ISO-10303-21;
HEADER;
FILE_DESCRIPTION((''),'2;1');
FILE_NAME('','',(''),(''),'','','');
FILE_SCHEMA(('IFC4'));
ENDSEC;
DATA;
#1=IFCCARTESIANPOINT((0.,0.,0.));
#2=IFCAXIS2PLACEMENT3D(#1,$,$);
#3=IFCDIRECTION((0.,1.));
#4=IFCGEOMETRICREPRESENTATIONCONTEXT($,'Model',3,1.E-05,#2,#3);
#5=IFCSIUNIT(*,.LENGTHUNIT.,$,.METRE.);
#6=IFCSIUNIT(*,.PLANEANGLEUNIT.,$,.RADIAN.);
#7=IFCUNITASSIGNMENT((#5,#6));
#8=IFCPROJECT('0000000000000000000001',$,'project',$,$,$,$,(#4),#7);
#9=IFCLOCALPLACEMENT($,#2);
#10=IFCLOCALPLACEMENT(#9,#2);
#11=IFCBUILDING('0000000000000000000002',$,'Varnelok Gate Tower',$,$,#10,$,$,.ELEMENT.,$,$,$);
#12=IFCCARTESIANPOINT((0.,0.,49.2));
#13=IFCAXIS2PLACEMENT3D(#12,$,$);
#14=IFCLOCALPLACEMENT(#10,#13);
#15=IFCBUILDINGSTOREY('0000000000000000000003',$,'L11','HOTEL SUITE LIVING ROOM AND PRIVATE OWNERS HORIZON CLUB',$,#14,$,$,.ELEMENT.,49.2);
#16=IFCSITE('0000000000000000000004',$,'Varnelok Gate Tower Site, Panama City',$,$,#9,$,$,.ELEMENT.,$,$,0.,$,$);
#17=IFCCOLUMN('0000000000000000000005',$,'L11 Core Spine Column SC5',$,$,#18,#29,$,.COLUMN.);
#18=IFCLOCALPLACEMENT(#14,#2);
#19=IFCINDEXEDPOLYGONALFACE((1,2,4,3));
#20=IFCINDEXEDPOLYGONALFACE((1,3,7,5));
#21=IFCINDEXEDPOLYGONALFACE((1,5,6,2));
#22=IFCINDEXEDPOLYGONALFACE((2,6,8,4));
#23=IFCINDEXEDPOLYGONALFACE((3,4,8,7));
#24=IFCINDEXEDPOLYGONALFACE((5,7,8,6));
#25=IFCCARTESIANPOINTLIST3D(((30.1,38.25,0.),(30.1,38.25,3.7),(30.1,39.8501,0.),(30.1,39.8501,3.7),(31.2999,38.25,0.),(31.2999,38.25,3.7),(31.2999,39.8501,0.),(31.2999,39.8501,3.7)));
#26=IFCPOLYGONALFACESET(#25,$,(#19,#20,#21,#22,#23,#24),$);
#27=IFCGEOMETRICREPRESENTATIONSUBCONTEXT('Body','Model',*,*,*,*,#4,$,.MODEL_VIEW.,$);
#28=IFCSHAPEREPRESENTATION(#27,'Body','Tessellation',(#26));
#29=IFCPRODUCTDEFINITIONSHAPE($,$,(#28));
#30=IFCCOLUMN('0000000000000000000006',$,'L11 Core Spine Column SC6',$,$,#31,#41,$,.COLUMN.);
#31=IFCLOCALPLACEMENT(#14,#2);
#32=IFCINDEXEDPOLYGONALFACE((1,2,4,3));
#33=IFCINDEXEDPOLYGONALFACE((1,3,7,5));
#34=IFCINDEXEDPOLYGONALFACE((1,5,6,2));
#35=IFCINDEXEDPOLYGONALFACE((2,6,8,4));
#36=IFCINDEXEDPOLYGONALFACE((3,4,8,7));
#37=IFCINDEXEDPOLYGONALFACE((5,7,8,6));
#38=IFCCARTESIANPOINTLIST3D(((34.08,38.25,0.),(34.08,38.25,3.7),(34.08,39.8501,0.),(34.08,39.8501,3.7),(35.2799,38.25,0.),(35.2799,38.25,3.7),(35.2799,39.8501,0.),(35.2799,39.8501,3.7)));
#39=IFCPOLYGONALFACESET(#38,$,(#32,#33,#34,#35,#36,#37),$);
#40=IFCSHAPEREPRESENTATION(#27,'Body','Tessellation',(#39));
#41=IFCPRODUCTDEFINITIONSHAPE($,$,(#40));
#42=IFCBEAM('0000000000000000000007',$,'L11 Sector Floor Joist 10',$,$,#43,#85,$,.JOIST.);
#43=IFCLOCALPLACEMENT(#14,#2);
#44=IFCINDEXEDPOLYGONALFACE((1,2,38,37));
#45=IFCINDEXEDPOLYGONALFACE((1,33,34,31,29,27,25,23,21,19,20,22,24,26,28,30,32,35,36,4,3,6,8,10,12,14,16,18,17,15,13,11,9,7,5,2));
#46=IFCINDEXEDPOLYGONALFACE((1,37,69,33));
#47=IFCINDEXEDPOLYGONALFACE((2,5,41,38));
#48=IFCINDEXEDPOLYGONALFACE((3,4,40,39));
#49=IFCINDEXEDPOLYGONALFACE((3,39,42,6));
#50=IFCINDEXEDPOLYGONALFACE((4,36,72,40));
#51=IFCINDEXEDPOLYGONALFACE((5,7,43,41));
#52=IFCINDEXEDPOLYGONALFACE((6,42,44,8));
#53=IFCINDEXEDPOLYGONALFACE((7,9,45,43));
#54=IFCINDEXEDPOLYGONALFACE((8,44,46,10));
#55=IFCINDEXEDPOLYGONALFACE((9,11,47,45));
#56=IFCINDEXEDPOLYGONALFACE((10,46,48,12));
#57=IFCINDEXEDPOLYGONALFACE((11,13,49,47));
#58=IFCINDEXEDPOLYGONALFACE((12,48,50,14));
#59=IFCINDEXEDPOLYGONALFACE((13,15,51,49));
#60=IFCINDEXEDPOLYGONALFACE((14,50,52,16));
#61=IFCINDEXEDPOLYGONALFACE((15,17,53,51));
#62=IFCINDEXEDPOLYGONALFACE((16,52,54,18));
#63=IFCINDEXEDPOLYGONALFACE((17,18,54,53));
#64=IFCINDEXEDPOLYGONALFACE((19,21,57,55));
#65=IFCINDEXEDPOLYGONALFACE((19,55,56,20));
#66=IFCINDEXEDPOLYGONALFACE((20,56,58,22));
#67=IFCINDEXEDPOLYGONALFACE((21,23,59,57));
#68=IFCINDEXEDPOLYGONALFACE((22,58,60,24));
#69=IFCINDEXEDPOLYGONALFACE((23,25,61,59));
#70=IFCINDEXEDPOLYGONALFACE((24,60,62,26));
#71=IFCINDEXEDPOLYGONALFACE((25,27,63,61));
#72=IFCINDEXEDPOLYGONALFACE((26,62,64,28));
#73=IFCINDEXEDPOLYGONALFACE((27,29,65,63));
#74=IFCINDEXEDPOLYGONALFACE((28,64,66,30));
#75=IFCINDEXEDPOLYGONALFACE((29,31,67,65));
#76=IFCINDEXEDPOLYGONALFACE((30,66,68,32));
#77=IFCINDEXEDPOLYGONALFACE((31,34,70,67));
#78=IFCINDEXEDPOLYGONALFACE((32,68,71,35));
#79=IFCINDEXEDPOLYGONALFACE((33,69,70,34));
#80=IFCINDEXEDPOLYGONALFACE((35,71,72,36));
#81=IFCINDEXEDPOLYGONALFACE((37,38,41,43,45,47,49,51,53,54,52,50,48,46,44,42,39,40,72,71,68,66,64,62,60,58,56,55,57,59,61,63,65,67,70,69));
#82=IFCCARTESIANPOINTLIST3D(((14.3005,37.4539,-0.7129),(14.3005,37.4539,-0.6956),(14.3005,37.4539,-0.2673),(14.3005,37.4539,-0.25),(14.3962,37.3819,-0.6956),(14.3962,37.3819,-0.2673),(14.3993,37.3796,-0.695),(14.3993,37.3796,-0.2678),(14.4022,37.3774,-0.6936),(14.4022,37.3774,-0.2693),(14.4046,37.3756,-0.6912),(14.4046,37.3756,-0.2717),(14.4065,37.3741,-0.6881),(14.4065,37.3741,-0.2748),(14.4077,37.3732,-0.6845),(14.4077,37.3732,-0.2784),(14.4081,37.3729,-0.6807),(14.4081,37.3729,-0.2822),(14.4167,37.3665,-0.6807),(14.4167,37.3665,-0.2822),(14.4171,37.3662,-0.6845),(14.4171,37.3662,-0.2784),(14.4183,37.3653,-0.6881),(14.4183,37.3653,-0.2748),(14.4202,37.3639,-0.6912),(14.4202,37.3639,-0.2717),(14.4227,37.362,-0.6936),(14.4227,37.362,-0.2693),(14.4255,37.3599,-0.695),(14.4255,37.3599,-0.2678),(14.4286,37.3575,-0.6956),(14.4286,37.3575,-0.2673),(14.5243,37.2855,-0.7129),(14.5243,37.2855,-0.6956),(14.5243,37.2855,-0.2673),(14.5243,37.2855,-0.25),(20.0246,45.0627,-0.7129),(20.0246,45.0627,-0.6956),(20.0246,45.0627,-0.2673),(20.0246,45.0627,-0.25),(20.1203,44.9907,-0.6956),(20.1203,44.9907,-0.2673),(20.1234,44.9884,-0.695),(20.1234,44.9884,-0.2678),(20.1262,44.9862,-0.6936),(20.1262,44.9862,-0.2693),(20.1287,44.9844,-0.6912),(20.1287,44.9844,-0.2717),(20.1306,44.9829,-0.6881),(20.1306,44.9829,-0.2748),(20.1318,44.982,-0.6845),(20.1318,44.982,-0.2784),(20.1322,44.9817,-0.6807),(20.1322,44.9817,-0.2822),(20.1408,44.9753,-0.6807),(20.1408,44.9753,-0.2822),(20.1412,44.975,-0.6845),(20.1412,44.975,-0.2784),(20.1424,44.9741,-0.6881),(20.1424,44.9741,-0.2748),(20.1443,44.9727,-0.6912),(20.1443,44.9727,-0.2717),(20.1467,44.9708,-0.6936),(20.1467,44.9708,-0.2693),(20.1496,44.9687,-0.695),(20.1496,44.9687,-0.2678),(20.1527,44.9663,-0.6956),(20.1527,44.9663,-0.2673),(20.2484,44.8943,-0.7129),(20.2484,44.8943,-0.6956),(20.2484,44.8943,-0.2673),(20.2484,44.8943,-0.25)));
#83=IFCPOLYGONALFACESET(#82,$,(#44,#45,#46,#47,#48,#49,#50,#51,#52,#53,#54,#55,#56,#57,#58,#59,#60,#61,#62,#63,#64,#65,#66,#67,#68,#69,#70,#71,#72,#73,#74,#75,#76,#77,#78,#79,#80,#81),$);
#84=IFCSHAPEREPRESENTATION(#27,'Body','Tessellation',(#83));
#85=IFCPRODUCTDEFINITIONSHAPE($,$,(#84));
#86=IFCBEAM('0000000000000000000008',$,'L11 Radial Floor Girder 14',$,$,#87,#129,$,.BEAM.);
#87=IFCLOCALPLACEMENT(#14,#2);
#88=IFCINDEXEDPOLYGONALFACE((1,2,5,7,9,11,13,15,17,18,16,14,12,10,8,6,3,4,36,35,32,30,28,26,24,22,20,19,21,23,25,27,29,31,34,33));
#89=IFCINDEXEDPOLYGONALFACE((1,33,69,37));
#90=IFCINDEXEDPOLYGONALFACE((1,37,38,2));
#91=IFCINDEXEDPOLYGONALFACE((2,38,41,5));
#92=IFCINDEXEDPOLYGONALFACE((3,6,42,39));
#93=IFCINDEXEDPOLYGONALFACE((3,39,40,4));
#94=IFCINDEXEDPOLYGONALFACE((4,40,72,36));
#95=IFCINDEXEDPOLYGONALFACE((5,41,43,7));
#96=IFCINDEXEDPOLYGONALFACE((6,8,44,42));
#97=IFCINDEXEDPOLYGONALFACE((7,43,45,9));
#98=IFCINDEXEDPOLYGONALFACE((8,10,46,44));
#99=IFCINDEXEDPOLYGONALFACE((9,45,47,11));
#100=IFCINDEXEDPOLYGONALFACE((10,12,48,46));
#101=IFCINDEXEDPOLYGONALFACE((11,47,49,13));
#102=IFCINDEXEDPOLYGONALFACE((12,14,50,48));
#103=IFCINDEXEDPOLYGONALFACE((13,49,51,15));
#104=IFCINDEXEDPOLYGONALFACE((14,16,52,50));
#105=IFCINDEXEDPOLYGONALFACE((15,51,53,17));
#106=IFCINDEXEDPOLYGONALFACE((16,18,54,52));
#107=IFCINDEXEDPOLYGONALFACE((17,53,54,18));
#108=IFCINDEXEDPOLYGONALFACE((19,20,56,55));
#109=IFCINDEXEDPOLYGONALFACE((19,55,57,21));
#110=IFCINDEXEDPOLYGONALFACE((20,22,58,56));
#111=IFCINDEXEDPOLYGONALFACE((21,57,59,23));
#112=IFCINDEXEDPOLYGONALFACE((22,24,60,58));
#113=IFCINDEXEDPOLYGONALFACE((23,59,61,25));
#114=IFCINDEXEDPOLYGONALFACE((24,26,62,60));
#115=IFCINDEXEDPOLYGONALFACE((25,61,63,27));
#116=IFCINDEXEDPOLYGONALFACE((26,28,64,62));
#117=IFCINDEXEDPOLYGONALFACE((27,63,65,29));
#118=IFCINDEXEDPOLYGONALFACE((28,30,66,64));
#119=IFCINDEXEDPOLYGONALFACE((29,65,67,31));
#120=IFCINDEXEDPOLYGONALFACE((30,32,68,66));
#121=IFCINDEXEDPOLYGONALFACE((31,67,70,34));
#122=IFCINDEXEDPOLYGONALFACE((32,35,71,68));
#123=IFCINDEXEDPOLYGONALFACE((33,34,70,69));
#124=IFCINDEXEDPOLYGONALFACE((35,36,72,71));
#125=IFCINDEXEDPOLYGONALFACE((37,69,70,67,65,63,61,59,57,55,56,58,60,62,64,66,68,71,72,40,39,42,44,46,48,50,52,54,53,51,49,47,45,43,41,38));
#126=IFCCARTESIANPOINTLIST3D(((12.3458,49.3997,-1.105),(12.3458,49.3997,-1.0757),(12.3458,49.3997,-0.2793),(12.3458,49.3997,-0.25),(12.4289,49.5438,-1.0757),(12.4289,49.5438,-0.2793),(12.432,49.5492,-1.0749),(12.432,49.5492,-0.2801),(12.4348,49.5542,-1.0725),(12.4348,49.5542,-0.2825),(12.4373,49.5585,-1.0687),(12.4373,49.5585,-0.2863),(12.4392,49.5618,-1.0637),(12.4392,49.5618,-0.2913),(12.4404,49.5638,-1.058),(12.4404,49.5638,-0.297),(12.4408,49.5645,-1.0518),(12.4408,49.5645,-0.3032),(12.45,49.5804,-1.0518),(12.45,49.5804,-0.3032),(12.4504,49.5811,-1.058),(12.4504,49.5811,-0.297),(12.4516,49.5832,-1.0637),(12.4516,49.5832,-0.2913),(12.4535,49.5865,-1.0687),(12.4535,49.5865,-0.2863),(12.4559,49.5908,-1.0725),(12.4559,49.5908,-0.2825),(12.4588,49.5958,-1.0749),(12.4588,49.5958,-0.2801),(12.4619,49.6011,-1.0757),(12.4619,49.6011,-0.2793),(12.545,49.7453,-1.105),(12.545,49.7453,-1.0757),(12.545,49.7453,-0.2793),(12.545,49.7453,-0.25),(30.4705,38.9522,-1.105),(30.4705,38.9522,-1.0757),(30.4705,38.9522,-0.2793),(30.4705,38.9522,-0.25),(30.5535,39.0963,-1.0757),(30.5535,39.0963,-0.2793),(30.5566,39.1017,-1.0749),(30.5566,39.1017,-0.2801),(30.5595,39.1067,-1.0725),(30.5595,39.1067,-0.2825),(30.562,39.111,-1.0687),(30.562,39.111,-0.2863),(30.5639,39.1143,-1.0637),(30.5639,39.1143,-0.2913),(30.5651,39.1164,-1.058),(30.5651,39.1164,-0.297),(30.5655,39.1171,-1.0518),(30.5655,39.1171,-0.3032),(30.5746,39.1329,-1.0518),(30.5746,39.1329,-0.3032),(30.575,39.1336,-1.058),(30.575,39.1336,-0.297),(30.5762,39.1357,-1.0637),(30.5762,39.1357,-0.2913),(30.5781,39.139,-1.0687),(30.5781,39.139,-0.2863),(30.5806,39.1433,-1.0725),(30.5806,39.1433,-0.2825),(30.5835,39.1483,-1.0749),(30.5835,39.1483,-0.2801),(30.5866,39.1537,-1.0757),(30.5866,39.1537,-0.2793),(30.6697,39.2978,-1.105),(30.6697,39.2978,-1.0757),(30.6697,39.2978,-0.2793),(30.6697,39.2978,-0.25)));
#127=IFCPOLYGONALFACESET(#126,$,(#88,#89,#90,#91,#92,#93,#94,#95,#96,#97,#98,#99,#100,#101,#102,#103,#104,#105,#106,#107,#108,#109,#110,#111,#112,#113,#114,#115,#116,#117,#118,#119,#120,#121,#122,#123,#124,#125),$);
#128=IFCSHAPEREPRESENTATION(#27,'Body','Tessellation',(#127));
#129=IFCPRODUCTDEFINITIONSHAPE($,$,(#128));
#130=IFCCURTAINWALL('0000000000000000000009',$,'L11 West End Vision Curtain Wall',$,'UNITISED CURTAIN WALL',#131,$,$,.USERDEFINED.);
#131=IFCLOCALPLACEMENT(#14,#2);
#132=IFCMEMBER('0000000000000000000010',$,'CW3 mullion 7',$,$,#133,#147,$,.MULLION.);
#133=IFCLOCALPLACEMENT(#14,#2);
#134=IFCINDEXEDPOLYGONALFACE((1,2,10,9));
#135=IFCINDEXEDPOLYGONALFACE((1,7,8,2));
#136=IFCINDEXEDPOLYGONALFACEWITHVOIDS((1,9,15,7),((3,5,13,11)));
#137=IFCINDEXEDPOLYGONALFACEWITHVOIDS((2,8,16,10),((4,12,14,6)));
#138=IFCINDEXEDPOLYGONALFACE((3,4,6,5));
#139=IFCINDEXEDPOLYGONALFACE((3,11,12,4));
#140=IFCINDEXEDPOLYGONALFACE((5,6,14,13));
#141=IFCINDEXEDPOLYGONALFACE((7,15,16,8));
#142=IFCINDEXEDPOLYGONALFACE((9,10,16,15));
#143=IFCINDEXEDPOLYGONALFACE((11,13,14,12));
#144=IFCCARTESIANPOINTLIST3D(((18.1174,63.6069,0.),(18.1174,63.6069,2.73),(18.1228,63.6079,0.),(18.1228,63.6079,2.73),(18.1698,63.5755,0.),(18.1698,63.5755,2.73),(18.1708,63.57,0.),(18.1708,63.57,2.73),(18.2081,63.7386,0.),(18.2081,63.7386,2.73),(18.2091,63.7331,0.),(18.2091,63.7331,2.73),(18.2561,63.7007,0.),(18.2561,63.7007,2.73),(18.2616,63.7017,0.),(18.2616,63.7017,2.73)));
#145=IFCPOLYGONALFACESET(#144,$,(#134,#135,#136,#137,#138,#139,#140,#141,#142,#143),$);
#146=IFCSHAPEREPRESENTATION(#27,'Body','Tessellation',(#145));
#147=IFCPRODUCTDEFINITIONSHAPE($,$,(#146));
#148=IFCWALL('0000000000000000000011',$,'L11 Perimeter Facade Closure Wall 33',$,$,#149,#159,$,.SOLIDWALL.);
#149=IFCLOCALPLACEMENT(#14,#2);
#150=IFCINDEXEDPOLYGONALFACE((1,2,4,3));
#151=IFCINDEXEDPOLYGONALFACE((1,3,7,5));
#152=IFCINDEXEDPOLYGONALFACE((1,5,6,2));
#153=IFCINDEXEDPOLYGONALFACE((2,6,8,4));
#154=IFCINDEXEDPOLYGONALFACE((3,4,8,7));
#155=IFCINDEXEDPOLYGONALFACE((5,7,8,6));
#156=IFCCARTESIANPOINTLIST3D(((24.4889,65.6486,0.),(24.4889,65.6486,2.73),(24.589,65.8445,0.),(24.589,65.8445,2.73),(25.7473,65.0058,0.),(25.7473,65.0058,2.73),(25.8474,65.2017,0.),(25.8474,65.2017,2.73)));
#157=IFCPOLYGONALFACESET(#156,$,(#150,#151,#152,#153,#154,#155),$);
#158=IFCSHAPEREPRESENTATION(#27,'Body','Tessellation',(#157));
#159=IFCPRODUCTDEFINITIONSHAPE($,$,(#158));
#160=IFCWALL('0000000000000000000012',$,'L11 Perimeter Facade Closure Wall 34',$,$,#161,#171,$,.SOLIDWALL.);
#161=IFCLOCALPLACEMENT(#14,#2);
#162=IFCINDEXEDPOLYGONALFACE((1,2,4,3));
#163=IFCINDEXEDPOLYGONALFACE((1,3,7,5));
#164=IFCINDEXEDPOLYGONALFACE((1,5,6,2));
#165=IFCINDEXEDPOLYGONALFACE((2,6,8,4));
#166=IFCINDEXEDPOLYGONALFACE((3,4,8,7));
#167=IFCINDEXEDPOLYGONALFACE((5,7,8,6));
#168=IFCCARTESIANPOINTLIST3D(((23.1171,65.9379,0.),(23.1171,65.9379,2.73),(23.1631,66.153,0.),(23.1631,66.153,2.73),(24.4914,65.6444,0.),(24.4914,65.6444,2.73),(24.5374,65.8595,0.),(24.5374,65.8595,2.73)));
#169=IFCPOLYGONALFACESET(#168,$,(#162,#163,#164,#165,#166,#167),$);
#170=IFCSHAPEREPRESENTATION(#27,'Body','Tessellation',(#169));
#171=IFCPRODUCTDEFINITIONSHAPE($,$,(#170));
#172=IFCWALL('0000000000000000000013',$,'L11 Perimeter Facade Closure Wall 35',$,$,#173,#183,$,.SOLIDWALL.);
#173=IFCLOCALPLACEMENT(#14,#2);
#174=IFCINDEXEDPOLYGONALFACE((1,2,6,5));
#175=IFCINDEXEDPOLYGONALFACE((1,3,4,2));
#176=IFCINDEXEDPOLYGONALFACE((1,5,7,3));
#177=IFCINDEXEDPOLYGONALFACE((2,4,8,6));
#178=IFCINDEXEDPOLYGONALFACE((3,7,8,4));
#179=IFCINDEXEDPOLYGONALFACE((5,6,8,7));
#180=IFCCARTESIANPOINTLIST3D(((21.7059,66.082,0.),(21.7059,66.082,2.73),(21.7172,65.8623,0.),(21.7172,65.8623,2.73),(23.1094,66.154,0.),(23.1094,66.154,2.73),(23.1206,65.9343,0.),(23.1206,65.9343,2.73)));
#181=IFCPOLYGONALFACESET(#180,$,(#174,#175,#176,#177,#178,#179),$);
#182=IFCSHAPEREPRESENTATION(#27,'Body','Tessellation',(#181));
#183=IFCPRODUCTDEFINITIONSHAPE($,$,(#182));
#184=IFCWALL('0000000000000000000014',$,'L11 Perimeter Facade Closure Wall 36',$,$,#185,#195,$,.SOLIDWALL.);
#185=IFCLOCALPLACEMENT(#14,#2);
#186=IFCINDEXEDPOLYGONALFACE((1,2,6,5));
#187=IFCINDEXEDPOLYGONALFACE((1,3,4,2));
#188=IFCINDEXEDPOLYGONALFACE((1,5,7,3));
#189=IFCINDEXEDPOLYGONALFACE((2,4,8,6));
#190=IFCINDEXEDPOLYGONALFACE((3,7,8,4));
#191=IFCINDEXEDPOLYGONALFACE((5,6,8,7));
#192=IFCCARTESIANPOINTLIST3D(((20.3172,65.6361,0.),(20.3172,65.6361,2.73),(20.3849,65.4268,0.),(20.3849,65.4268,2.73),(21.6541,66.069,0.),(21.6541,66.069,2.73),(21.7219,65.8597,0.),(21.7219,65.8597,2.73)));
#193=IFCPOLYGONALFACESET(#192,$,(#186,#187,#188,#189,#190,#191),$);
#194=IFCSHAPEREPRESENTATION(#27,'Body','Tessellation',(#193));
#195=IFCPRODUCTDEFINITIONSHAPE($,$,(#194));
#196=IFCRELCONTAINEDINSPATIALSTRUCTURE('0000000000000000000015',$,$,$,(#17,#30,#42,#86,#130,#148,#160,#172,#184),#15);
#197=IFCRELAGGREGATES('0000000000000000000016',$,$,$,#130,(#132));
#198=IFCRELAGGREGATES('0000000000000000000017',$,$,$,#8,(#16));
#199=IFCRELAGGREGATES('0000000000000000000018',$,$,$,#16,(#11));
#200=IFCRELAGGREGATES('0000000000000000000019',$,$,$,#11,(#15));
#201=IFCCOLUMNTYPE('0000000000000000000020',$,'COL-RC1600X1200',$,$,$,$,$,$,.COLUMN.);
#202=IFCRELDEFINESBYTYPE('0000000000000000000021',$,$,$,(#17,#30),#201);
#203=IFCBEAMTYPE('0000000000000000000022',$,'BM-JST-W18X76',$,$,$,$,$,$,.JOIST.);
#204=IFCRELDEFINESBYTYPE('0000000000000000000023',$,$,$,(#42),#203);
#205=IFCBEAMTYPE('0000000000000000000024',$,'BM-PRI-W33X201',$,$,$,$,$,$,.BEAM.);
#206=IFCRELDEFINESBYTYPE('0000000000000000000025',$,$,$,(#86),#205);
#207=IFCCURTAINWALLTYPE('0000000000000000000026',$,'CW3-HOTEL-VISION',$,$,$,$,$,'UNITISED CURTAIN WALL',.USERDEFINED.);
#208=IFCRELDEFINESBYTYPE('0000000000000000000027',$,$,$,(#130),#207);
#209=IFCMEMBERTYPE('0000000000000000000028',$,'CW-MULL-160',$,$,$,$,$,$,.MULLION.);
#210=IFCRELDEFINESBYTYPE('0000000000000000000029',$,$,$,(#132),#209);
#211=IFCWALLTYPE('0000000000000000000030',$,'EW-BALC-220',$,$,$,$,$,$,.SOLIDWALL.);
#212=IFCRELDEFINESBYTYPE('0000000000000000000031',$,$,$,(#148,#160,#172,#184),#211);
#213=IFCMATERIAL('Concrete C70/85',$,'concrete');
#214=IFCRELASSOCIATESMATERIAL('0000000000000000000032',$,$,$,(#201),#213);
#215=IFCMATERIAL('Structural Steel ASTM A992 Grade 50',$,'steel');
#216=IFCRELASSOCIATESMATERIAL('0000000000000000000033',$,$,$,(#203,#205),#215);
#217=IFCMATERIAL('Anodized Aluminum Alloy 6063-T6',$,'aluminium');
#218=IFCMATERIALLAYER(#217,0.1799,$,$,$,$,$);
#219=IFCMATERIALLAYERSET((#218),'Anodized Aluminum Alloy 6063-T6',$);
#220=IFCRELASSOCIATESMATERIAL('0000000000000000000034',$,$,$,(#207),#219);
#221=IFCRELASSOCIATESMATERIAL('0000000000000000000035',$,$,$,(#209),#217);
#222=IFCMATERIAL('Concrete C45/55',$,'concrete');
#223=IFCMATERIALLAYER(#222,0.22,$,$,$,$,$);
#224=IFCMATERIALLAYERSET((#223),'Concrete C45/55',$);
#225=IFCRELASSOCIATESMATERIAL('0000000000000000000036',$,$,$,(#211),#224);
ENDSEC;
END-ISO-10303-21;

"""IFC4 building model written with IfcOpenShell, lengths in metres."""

from ifc_helpers import new_model, si_unit, direction, frame, frame_2d, origin, origin_2d, place, context, subcontext, project, spatial, rectangle, hollow_rectangle, i_section, extrude, material, layer, layer_set, material_profile, profile_set, type_object, element, aggregate, save


model = new_model("IFC4")

# Units and contexts
model_context = context("Model", 3, precision=1e-05, world=origin(), true_north=direction((0.0, 1.0)))
body_context = subcontext(model_context, "Body", "Model", "MODEL_VIEW")
ifc_project = project(units=[si_unit("LENGTHUNIT", "METRE"), si_unit("PLANEANGLEUNIT", "RADIAN")], contexts=[model_context])

# Site, building, storey
site_placement = place(None, origin())
site = spatial("IfcSite", under=ifc_project, at=site_placement, Name="Varnelok Gate Tower Site, Panama City", CompositionType="ELEMENT", RefElevation=0.0)
building_placement = place(site_placement, origin())
building = spatial("IfcBuilding", under=site, at=building_placement, Name="Varnelok Gate Tower", CompositionType="ELEMENT")
storey_placement = place(building_placement, frame((0.0, 0.0, 49.2)))
storey = spatial("IfcBuildingStorey", under=building, at=storey_placement, Name="L11", Description="HOTEL SUITE LIVING ROOM AND PRIVATE OWNERS HORIZON CLUB", CompositionType="ELEMENT", Elevation=49.2)

# Columns
ifc_material_1 = material(Name="Concrete C70/85", Category="concrete")
ifc_material_profile_1 = material_profile(ifc_material_1, rectangle(XDim=1.2, YDim=1.6001, at=origin_2d()), Name="RC1600X1200")
ifc_profile_set_1 = profile_set([ifc_material_profile_1], Name="Concrete C70/85")
column_type = type_object("IfcColumnType", Name="COL-RC1600X1200", PredefinedType="COLUMN", material=ifc_profile_set_1)
for number, where, z_axis, x_axis, name in (
    (1, (30.7, 39.05, 0.0), (0.0, 0.0, 1.0), (1.0, 0.0, 0.0), "L11 Core Spine Column SC5"),
    (2, (34.6799, 39.05, 0.0), (0.0, 0.0, 1.0), (1.0, 0.0, 0.0), "L11 Core Spine Column SC6"),
):
    element("IfcColumn", number, at=place(storey_placement, frame(where, z_axis=z_axis, x_axis=x_axis)), inside=storey, type_object=column_type, Name=name, PredefinedType="COLUMN", context=body_context, shape_type="SweptSolid", body=[
        extrude(rectangle(XDim=1.2, YDim=1.6001, at=origin_2d()), origin(), (0.0, 0.0, 1.0), 3.7),
    ])

# Beams
ifc_material_2 = material(Name="Structural Steel ASTM A992 Grade 50", Category="steel")
ifc_material_profile_2 = material_profile(ifc_material_2, i_section(OverallWidth=0.28, OverallDepth=0.4629, WebThickness=0.0107, FlangeThickness=0.0173, FilletRadius=0.0149, at=origin_2d()), Name="W18X76")
ifc_profile_set_2 = profile_set([ifc_material_profile_2], Name="Structural Steel ASTM A992 Grade 50")
beam_type_1 = type_object("IfcBeamType", Name="BM-JST-W18X76", PredefinedType="JOIST", material=ifc_profile_set_2)
beam_1_placement = place(storey_placement, frame((20.1365, 44.9785, -0.4814), z_axis=(-0.601173, -0.799119, 0.0), x_axis=(0.799119, -0.601173, 0.0)))
element("IfcBeam", 3, at=beam_1_placement, inside=storey, type_object=beam_type_1, Name="L11 Sector Floor Joist 10", PredefinedType="JOIST", context=body_context, shape_type="SweptSolid", body=[
    extrude(i_section(OverallWidth=0.28, OverallDepth=0.4629, WebThickness=0.0107, FlangeThickness=0.0173, FilletRadius=0.0149, at=origin_2d()), origin(), (0.0, 0.0, 1.0), 9.5215),
])
ifc_material_profile_3 = material_profile(ifc_material_2, i_section(OverallWidth=0.3989, OverallDepth=0.855, WebThickness=0.0183, FlangeThickness=0.0293, FilletRadius=0.0239, at=origin_2d()), Name="W33X201")
ifc_profile_set_3 = profile_set([ifc_material_profile_3], Name="Structural Steel ASTM A992 Grade 50")
beam_type_2 = type_object("IfcBeamType", Name="BM-PRI-W33X201", PredefinedType="BEAM", material=ifc_profile_set_3)
beam_2_placement = place(storey_placement, frame((30.5701, 39.125, -0.6775), z_axis=(-0.866373, 0.499397, 0.0), x_axis=(-0.499397, -0.866373, 0.0)))
element("IfcBeam", 4, at=beam_2_placement, inside=storey, type_object=beam_type_2, Name="L11 Radial Floor Girder 14", PredefinedType="BEAM", context=body_context, shape_type="SweptSolid", body=[
    extrude(i_section(OverallWidth=0.3989, OverallDepth=0.855, WebThickness=0.0183, FlangeThickness=0.0293, FilletRadius=0.0239, at=origin_2d()), origin(), (0.0, 0.0, 1.0), 20.9202),
])

# Curtain wall, member
ifc_material_3 = material(Name="Anodized Aluminum Alloy 6063-T6", Category="aluminium")
ifc_layer_1 = layer(ifc_material_3, 0.1799)
ifc_layer_set_1 = layer_set([ifc_layer_1], Name="Anodized Aluminum Alloy 6063-T6")
curtain_wall_type = type_object("IfcCurtainWallType", Name="CW3-HOTEL-VISION", ElementType="UNITISED CURTAIN WALL", PredefinedType="USERDEFINED", material=ifc_layer_set_1)
curtain_wall_placement = place(storey_placement, origin())
curtain_wall = element("IfcCurtainWall", 5, at=curtain_wall_placement, inside=storey, type_object=curtain_wall_type, Name="L11 West End Vision Curtain Wall", ObjectType="UNITISED CURTAIN WALL", PredefinedType="USERDEFINED")
ifc_material_profile_4 = material_profile(ifc_material_3, hollow_rectangle(XDim=0.0649, YDim=0.1599, WallThickness=0.0039, at=origin_2d()), Name="ALU160X65X4")
ifc_profile_set_4 = profile_set([ifc_material_profile_4], Name="Anodized Aluminum Alloy 6063-T6")
member_type = type_object("IfcMemberType", Name="CW-MULL-160", PredefinedType="MULLION", material=ifc_profile_set_4)
member_placement = place(storey_placement, frame((18.1895, 63.6543, 0.0), z_axis=(0.0, 0.0, 1.0), x_axis=(-0.823533, 0.567269, 0.0)))
member = element("IfcMember", 6, at=member_placement, type_object=member_type, Name="CW3 mullion 7", PredefinedType="MULLION", context=body_context, shape_type="SweptSolid", body=[
    extrude(hollow_rectangle(XDim=0.0649, YDim=0.1599, WallThickness=0.0039, at=origin_2d()), origin(), (0.0, 0.0, 1.0), 2.73),
])
aggregate(curtain_wall, [member])

# Walls
ifc_material_4 = material(Name="Concrete C45/55", Category="concrete")
ifc_layer_2 = layer(ifc_material_4, 0.22)
ifc_layer_set_2 = layer_set([ifc_layer_2], Name="Concrete C45/55")
wall_type_1 = type_object("IfcWallType", Name="EW-BALC-220", PredefinedType="SOLIDWALL", material=ifc_layer_set_2)
wall_1_placement = place(storey_placement, frame((25.7974, 65.1038, 0.0), z_axis=(0.0, 0.0, 1.0), x_axis=(-0.890559, 0.454868, 0.0)))
element("IfcWall", 7, at=wall_1_placement, inside=storey, type_object=wall_type_1, Name="L11 Perimeter Facade Closure Wall 33", PredefinedType="SOLIDWALL", context=body_context, shape_type="SweptSolid", body=[
    extrude(rectangle(XDim=1.4131, YDim=0.22, at=frame_2d((0.7065, 0.0))), origin(), (0.0, 0.0, 1.0), 2.73),
])
for number, where, z_axis, x_axis, name in (
    (8, (24.5144, 65.752, 0.0), (0.0, 0.0, 1.0), (-0.977952, 0.208829, 0.0), "L11 Perimeter Facade Closure Wall 34"),
    (9, (23.115, 66.0442, 0.0), (0.0, 0.0, 1.0), (-0.998686, -0.051255, 0.0), "L11 Perimeter Facade Closure Wall 35"),
    (10, (21.688, 65.9644, 0.0), (0.0, 0.0, 1.0), (-0.951376, -0.308033, 0.0), "L11 Perimeter Facade Closure Wall 36"),
):
    element("IfcWall", number, at=place(storey_placement, frame(where, z_axis=z_axis, x_axis=x_axis)), inside=storey, type_object=wall_type_1, Name=name, PredefinedType="SOLIDWALL", context=body_context, shape_type="SweptSolid", body=[
        extrude(rectangle(XDim=1.4053, YDim=0.22, at=frame_2d((0.7026, 0.0))), origin(), (0.0, 0.0, 1.0), 2.73),
    ])

save(model, "model.ifc")
